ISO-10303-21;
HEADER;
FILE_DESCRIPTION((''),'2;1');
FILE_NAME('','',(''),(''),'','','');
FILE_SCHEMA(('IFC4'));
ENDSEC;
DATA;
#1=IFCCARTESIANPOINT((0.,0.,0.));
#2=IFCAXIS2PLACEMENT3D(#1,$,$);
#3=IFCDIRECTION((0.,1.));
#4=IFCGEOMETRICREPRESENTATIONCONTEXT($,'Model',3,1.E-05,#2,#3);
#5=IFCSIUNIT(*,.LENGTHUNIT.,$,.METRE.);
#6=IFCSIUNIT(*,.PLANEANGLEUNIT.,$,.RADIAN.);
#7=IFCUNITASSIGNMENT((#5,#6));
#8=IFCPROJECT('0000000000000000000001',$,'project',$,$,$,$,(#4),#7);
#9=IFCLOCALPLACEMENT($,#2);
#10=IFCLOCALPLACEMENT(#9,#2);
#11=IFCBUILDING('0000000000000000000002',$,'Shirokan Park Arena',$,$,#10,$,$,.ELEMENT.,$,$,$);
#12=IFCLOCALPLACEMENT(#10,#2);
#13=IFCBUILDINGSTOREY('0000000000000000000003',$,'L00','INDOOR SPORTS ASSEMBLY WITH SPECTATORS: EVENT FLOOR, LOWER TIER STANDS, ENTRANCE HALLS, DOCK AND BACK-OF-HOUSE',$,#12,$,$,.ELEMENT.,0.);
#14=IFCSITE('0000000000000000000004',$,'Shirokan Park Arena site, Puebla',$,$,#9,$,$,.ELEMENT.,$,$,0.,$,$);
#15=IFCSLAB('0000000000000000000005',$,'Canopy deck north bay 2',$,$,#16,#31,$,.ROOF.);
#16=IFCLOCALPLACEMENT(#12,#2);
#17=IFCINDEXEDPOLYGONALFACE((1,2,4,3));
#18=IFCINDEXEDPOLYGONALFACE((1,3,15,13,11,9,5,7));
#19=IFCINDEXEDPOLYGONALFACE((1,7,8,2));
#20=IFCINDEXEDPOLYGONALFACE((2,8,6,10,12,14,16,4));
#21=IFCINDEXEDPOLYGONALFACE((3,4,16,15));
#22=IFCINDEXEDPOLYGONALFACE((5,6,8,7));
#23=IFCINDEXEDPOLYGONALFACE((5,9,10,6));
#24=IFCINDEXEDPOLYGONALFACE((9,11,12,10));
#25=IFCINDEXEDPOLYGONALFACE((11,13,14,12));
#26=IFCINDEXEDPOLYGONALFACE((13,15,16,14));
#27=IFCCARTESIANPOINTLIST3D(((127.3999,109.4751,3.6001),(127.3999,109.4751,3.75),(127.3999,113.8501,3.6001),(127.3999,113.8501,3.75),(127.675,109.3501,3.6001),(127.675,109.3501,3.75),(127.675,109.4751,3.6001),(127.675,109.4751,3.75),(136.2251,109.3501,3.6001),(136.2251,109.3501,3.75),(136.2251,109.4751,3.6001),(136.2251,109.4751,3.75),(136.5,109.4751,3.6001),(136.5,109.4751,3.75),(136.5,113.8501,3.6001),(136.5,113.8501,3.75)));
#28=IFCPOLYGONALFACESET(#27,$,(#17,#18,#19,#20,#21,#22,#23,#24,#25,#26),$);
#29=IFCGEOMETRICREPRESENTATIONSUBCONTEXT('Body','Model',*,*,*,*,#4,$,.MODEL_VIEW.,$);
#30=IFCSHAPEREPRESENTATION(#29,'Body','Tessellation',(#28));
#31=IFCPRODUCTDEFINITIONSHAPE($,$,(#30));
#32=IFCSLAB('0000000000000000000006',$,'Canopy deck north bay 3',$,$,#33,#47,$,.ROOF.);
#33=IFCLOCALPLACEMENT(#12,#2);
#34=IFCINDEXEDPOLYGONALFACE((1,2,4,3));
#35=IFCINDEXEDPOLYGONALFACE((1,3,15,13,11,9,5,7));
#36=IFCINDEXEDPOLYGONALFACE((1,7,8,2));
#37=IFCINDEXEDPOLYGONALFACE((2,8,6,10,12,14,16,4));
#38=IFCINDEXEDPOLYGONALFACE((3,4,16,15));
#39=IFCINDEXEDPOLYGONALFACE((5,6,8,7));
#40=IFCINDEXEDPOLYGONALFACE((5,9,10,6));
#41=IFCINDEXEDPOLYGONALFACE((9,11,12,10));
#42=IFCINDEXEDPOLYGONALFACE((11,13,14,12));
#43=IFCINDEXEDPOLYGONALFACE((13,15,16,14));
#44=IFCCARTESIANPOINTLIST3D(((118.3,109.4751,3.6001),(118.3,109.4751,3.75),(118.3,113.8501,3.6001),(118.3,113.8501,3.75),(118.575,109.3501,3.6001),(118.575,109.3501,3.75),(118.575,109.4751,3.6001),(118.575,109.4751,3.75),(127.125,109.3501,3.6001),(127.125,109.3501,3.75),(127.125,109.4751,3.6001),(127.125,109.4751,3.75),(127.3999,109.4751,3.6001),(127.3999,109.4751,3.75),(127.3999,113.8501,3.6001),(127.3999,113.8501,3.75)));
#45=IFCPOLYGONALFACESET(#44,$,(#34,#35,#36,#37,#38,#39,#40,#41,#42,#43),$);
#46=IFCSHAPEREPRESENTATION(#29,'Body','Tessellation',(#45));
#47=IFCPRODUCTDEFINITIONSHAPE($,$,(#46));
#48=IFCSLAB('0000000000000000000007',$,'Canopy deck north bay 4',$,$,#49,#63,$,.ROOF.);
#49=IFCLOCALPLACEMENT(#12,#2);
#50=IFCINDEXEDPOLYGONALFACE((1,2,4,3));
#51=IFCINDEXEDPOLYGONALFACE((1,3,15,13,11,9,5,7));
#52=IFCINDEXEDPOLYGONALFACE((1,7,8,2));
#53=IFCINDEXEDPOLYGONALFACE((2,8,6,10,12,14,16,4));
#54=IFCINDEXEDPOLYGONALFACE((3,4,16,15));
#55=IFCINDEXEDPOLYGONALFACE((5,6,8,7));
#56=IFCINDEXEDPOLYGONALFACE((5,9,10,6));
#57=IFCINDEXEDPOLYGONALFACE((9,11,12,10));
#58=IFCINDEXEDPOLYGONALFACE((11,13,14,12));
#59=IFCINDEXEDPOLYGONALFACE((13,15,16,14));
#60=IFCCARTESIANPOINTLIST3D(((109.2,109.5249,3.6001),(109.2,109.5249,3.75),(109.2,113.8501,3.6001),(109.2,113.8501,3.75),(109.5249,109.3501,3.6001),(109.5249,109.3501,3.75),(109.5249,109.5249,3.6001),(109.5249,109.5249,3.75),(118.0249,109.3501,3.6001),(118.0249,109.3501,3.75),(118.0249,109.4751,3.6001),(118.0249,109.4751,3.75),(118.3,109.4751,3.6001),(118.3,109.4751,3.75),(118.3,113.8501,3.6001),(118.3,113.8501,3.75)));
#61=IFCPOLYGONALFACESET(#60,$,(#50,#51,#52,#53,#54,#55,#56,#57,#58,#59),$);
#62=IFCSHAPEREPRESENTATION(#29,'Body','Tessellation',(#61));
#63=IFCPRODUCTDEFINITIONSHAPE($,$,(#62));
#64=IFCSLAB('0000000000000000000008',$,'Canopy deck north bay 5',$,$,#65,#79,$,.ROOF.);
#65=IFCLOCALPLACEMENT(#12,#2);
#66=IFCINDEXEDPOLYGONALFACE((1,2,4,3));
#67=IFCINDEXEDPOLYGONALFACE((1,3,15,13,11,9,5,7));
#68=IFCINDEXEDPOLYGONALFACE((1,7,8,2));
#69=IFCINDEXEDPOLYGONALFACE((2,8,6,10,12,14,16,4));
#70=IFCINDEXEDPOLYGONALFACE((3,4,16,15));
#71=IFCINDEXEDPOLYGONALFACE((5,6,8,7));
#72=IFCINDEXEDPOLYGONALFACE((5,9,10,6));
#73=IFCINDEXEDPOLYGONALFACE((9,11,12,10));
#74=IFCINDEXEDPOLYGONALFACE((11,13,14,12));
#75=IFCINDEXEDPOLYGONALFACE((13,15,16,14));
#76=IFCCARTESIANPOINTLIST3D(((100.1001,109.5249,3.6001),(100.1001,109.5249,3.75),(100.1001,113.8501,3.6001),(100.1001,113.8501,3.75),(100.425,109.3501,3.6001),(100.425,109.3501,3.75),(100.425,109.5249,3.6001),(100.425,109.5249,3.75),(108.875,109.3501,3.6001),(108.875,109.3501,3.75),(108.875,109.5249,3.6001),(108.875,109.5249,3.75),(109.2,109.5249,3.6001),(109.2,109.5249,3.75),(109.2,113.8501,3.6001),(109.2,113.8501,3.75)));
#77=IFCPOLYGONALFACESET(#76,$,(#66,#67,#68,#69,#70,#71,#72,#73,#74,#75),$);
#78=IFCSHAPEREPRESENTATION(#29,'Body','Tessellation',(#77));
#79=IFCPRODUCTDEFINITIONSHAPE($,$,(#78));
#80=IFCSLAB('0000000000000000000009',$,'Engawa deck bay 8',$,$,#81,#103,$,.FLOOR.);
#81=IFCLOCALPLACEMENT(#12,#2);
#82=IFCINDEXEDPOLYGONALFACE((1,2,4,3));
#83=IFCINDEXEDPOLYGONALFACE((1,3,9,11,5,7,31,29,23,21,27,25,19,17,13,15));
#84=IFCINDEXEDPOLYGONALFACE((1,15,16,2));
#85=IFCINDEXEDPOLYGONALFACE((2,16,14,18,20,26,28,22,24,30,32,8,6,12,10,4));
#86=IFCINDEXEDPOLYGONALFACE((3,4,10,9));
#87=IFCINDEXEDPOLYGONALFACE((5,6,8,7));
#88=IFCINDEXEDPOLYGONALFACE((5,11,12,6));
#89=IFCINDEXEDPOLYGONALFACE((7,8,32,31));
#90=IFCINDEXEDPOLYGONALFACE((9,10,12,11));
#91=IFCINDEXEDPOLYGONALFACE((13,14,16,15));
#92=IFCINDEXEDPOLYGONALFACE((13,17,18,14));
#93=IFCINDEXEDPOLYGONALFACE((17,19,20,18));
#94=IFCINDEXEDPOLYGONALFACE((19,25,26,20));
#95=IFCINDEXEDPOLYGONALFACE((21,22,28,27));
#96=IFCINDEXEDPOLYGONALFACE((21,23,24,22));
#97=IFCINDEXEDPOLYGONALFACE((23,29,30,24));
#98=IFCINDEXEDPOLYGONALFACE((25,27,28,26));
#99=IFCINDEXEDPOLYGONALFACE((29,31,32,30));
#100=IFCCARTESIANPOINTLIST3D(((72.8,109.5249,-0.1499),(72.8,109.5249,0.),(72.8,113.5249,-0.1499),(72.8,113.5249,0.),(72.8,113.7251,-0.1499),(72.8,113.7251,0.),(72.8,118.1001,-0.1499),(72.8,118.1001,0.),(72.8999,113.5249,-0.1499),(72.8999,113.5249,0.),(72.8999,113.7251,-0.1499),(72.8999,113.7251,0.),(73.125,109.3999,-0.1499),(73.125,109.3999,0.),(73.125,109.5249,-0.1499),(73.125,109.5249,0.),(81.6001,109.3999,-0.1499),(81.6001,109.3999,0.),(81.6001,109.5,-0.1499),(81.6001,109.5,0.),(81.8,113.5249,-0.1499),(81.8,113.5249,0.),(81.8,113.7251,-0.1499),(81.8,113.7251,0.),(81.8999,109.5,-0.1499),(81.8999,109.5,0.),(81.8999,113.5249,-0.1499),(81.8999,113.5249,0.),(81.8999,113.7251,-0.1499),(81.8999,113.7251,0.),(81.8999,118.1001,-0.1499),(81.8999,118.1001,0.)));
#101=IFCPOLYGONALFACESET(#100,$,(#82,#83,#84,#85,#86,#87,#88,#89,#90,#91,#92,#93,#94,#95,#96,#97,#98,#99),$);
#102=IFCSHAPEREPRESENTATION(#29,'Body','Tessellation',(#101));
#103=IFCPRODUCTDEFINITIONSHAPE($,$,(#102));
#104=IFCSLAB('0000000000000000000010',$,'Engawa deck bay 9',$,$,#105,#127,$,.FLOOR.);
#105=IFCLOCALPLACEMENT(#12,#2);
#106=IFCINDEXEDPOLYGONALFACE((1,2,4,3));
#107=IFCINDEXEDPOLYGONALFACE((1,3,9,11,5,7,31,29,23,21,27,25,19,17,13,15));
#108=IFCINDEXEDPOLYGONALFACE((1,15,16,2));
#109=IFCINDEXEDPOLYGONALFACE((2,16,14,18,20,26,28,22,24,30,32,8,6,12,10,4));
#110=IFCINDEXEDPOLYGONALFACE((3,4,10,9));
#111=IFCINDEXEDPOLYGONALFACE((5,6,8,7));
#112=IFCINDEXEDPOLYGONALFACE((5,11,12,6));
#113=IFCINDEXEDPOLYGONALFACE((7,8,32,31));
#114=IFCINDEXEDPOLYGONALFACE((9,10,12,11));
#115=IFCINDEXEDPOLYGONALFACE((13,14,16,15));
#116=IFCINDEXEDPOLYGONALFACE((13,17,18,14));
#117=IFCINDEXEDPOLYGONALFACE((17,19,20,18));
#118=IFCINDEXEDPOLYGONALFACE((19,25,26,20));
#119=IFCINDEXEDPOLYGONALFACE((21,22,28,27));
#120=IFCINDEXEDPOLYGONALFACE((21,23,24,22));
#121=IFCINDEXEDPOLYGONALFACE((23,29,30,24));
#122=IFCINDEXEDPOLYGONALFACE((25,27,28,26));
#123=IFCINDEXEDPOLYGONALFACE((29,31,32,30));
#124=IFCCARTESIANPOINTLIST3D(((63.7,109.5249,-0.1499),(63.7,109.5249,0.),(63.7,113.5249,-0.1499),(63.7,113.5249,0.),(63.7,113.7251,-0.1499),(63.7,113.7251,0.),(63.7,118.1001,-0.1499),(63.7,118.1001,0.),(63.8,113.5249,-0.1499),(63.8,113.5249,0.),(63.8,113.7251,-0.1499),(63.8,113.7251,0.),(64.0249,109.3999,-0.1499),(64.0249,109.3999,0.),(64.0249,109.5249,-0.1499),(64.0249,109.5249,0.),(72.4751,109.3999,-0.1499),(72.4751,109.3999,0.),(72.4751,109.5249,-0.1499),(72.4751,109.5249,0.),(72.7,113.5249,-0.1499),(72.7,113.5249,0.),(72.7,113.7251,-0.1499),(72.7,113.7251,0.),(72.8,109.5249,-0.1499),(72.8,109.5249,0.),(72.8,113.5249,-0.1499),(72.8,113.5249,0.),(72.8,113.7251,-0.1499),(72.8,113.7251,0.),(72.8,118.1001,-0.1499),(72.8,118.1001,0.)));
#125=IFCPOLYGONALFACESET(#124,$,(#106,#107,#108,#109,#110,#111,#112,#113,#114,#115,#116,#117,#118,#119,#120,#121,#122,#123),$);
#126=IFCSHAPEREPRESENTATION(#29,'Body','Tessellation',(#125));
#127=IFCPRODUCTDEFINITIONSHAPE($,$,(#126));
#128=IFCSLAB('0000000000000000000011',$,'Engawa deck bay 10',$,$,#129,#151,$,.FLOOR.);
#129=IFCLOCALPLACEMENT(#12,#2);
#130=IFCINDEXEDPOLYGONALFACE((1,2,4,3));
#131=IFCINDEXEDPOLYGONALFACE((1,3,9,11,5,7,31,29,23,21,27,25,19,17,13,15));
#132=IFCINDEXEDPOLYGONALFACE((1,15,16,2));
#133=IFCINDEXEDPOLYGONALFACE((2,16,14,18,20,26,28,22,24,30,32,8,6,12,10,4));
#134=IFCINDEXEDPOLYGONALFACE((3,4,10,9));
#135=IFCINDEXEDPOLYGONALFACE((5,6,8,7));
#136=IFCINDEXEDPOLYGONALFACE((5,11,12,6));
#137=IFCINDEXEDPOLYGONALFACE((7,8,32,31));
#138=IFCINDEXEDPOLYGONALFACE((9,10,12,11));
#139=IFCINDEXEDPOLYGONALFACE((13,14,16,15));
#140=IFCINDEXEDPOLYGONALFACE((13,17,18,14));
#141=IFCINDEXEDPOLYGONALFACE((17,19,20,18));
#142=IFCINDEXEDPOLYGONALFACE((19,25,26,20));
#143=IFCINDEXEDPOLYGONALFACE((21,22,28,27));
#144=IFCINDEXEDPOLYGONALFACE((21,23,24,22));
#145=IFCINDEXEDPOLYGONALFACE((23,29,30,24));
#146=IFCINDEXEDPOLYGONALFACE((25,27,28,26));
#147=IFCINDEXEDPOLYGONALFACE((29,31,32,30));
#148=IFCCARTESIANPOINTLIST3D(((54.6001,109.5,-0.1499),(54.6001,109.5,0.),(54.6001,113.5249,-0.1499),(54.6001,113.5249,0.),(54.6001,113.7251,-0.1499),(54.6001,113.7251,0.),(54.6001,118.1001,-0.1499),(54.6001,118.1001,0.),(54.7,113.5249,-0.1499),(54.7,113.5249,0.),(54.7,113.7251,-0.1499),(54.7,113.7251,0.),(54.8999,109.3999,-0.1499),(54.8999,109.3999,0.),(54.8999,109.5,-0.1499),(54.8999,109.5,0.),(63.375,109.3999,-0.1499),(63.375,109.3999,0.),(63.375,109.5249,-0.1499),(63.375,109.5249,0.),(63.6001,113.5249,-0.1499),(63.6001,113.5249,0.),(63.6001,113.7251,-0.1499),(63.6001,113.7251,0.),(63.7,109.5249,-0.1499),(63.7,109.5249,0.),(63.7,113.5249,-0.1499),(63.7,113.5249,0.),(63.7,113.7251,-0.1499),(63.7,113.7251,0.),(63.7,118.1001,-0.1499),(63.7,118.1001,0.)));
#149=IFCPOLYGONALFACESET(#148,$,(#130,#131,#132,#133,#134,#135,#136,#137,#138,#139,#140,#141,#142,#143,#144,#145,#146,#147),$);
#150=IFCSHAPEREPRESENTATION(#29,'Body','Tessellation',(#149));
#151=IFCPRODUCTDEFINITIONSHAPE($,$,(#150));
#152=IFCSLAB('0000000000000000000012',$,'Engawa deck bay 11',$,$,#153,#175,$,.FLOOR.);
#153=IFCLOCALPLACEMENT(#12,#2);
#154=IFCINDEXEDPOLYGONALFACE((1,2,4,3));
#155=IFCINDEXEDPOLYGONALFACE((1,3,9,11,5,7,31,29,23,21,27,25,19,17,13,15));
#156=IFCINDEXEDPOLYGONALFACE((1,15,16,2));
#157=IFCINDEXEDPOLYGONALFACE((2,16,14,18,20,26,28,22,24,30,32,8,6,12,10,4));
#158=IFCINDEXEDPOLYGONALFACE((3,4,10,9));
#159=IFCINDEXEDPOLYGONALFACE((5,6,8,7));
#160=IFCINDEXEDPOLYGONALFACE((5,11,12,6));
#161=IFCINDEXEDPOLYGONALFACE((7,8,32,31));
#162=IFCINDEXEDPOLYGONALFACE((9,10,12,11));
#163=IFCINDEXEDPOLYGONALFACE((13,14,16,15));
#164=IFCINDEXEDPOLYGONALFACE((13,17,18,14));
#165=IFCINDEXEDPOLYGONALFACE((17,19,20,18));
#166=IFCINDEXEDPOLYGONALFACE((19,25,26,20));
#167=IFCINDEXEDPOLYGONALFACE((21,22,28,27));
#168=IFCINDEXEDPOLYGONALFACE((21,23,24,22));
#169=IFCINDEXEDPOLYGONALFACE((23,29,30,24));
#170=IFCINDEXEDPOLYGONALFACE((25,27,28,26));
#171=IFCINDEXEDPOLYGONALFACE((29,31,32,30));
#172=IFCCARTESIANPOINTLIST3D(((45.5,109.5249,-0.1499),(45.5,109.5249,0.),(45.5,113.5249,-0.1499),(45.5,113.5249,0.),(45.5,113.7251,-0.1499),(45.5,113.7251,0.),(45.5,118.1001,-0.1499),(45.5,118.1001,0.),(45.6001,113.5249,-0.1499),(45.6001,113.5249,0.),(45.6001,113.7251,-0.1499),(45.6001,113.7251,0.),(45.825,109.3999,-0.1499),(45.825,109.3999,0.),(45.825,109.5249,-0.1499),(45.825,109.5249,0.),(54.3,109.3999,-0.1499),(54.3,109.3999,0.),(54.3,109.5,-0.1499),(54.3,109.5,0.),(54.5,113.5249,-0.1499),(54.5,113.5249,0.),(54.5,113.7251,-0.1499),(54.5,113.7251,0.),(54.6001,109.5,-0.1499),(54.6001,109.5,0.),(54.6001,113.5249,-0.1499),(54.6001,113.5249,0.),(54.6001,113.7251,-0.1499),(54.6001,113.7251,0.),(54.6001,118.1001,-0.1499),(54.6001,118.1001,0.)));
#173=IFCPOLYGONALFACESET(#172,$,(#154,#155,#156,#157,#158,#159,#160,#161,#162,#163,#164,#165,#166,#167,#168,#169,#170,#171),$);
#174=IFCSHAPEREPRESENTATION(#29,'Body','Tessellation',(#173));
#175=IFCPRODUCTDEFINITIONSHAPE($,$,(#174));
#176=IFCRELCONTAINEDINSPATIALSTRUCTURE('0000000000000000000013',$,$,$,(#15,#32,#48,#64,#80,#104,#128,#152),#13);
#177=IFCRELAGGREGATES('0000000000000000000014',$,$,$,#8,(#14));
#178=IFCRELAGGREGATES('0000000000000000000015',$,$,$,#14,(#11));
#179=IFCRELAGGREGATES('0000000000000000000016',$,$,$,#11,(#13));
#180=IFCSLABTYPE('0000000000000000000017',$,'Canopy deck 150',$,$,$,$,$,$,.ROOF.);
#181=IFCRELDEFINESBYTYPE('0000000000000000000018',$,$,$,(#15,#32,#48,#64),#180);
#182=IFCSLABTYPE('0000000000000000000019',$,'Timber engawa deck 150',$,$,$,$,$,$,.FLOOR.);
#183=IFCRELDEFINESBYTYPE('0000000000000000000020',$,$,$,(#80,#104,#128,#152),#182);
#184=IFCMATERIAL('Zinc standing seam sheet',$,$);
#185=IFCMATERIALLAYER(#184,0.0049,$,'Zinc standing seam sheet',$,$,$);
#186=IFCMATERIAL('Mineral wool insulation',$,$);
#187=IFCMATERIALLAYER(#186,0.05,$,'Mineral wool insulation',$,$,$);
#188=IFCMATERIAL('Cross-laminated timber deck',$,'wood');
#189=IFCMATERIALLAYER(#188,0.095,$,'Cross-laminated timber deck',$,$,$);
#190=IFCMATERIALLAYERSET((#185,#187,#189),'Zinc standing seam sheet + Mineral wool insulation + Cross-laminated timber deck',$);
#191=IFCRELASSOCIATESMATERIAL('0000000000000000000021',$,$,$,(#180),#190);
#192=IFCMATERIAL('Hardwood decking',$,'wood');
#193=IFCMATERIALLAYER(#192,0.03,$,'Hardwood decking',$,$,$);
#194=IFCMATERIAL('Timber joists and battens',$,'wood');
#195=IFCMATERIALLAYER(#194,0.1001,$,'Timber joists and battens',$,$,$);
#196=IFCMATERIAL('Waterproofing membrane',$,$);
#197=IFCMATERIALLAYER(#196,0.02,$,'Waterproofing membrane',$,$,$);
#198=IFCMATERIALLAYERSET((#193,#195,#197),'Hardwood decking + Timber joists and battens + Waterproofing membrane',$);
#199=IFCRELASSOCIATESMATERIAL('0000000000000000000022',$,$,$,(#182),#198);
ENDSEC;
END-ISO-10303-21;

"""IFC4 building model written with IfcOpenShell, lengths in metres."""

from ifc_helpers import new_model, si_unit, direction, frame, origin, place, context, subcontext, project, spatial, polyline, outline, extrude, material, layer, layer_set, type_object, element, save


model = new_model("IFC4")

# Units and contexts
model_context = context("Model", 3, precision=1e-05, world=origin(), true_north=direction((0.0, 1.0)))
body_context = subcontext(model_context, "Body", "Model", "MODEL_VIEW")
ifc_project = project(units=[si_unit("LENGTHUNIT", "METRE"), si_unit("PLANEANGLEUNIT", "RADIAN")], contexts=[model_context])

# Site, building, storey
site_placement = place(None, origin())
site = spatial("IfcSite", under=ifc_project, at=site_placement, Name="Shirokan Park Arena site, Puebla", CompositionType="ELEMENT", RefElevation=0.0)
building_placement = place(site_placement, origin())
building = spatial("IfcBuilding", under=site, at=building_placement, Name="Shirokan Park Arena", CompositionType="ELEMENT")
storey_placement = place(building_placement, origin())
storey = spatial("IfcBuildingStorey", under=building, at=storey_placement, Name="L00", Description="INDOOR SPORTS ASSEMBLY WITH SPECTATORS: EVENT FLOOR, LOWER TIER STANDS, ENTRANCE HALLS, DOCK AND BACK-OF-HOUSE", CompositionType="ELEMENT", Elevation=0.0)

# Slabs
ifc_material_1 = material(Name="Zinc standing seam sheet")
ifc_layer_1 = layer(ifc_material_1, 0.0049, Name="Zinc standing seam sheet")
ifc_material_2 = material(Name="Mineral wool insulation")
ifc_layer_2 = layer(ifc_material_2, 0.05, Name="Mineral wool insulation")
ifc_material_3 = material(Name="Cross-laminated timber deck", Category="wood")
ifc_layer_3 = layer(ifc_material_3, 0.095, Name="Cross-laminated timber deck")
ifc_layer_set_1 = layer_set([ifc_layer_1, ifc_layer_2, ifc_layer_3], Name="Zinc standing seam sheet + Mineral wool insulation + Cross-laminated timber deck")
slab_type_1 = type_object("IfcSlabType", Name="Canopy deck 150", PredefinedType="ROOF", material=ifc_layer_set_1)
slab_1_placement = place(storey_placement, frame((0.0, 0.0, 3.6001)))
element("IfcSlab", 1, at=slab_1_placement, inside=storey, type_object=slab_type_1, Name="Canopy deck north bay 2", PredefinedType="ROOF", context=body_context, shape_type="SweptSolid", body=[
    extrude(outline(polyline([(127.675, 109.3501), (127.675, 109.4751), (127.3999, 109.4751), (127.3999, 113.8501), (136.5, 113.8501), (136.5, 109.4751), (136.2251, 109.4751), (136.2251, 109.3501), (127.675, 109.3501)])), origin(), (0.0, 0.0, 1.0), 0.1499),
])
slab_2_placement = place(storey_placement, frame((0.0, 0.0, 3.6001)))
element("IfcSlab", 2, at=slab_2_placement, inside=storey, type_object=slab_type_1, Name="Canopy deck north bay 3", PredefinedType="ROOF", context=body_context, shape_type="SweptSolid", body=[
    extrude(outline(polyline([(118.575, 109.3501), (118.575, 109.4751), (118.3, 109.4751), (118.3, 113.8501), (127.3999, 113.8501), (127.3999, 109.4751), (127.125, 109.4751), (127.125, 109.3501), (118.575, 109.3501)])), origin(), (0.0, 0.0, 1.0), 0.1499),
])
slab_3_placement = place(storey_placement, frame((0.0, 0.0, 3.6001)))
element("IfcSlab", 3, at=slab_3_placement, inside=storey, type_object=slab_type_1, Name="Canopy deck north bay 4", PredefinedType="ROOF", context=body_context, shape_type="SweptSolid", body=[
    extrude(outline(polyline([(109.5249, 109.3501), (109.5249, 109.5249), (109.2, 109.5249), (109.2, 113.8501), (118.3, 113.8501), (118.3, 109.4751), (118.0249, 109.4751), (118.0249, 109.3501), (109.5249, 109.3501)])), origin(), (0.0, 0.0, 1.0), 0.1499),
])
slab_4_placement = place(storey_placement, frame((0.0, 0.0, 3.6001)))
element("IfcSlab", 4, at=slab_4_placement, inside=storey, type_object=slab_type_1, Name="Canopy deck north bay 5", PredefinedType="ROOF", context=body_context, shape_type="SweptSolid", body=[
    extrude(outline(polyline([(100.425, 109.3501), (100.425, 109.5249), (100.1001, 109.5249), (100.1001, 113.8501), (109.2, 113.8501), (109.2, 109.5249), (108.875, 109.5249), (108.875, 109.3501), (100.425, 109.3501)])), origin(), (0.0, 0.0, 1.0), 0.1499),
])
ifc_material_4 = material(Name="Hardwood decking", Category="wood")
ifc_layer_4 = layer(ifc_material_4, 0.03, Name="Hardwood decking")
ifc_material_5 = material(Name="Timber joists and battens", Category="wood")
ifc_layer_5 = layer(ifc_material_5, 0.1001, Name="Timber joists and battens")
ifc_material_6 = material(Name="Waterproofing membrane")
ifc_layer_6 = layer(ifc_material_6, 0.02, Name="Waterproofing membrane")
ifc_layer_set_2 = layer_set([ifc_layer_4, ifc_layer_5, ifc_layer_6], Name="Hardwood decking + Timber joists and battens + Waterproofing membrane")
slab_type_2 = type_object("IfcSlabType", Name="Timber engawa deck 150", PredefinedType="FLOOR", material=ifc_layer_set_2)
slab_5_placement = place(storey_placement, frame((0.0, 0.0, -0.1499)))
element("IfcSlab", 5, at=slab_5_placement, inside=storey, type_object=slab_type_2, Name="Engawa deck bay 8", PredefinedType="FLOOR", context=body_context, shape_type="SweptSolid", body=[
    extrude(outline(polyline([(73.125, 109.5249), (72.8, 109.5249), (72.8, 113.5249), (72.8999, 113.5249), (72.8999, 113.7251), (72.8, 113.7251), (72.8, 118.1001), (81.8999, 118.1001), (81.8999, 113.7251), (81.8, 113.7251), (81.8, 113.5249), (81.8999, 113.5249), (81.8999, 109.5), (81.6001, 109.5), (81.6001, 109.3999), (73.125, 109.3999), (73.125, 109.5249)])), origin(), (0.0, 0.0, 1.0), 0.1499),
])
slab_6_placement = place(storey_placement, frame((0.0, 0.0, -0.1499)))
element("IfcSlab", 6, at=slab_6_placement, inside=storey, type_object=slab_type_2, Name="Engawa deck bay 9", PredefinedType="FLOOR", context=body_context, shape_type="SweptSolid", body=[
    extrude(outline(polyline([(64.0249, 109.5249), (63.7, 109.5249), (63.7, 113.5249), (63.8, 113.5249), (63.8, 113.7251), (63.7, 113.7251), (63.7, 118.1001), (72.8, 118.1001), (72.8, 113.7251), (72.7, 113.7251), (72.7, 113.5249), (72.8, 113.5249), (72.8, 109.5249), (72.4751, 109.5249), (72.4751, 109.3999), (64.0249, 109.3999), (64.0249, 109.5249)])), origin(), (0.0, 0.0, 1.0), 0.1499),
])
slab_7_placement = place(storey_placement, frame((0.0, 0.0, -0.1499)))
element("IfcSlab", 7, at=slab_7_placement, inside=storey, type_object=slab_type_2, Name="Engawa deck bay 10", PredefinedType="FLOOR", context=body_context, shape_type="SweptSolid", body=[
    extrude(outline(polyline([(54.8999, 109.5), (54.6001, 109.5), (54.6001, 113.5249), (54.7, 113.5249), (54.7, 113.7251), (54.6001, 113.7251), (54.6001, 118.1001), (63.7, 118.1001), (63.7, 113.7251), (63.6001, 113.7251), (63.6001, 113.5249), (63.7, 113.5249), (63.7, 109.5249), (63.375, 109.5249), (63.375, 109.3999), (54.8999, 109.3999), (54.8999, 109.5)])), origin(), (0.0, 0.0, 1.0), 0.1499),
])
slab_8_placement = place(storey_placement, frame((0.0, 0.0, -0.1499)))
element("IfcSlab", 8, at=slab_8_placement, inside=storey, type_object=slab_type_2, Name="Engawa deck bay 11", PredefinedType="FLOOR", context=body_context, shape_type="SweptSolid", body=[
    extrude(outline(polyline([(45.825, 109.5249), (45.5, 109.5249), (45.5, 113.5249), (45.6001, 113.5249), (45.6001, 113.7251), (45.5, 113.7251), (45.5, 118.1001), (54.6001, 118.1001), (54.6001, 113.7251), (54.5, 113.7251), (54.5, 113.5249), (54.6001, 113.5249), (54.6001, 109.5), (54.3, 109.5), (54.3, 109.3999), (45.825, 109.3999), (45.825, 109.5249)])), origin(), (0.0, 0.0, 1.0), 0.1499),
])

save(model, "model.ifc")
